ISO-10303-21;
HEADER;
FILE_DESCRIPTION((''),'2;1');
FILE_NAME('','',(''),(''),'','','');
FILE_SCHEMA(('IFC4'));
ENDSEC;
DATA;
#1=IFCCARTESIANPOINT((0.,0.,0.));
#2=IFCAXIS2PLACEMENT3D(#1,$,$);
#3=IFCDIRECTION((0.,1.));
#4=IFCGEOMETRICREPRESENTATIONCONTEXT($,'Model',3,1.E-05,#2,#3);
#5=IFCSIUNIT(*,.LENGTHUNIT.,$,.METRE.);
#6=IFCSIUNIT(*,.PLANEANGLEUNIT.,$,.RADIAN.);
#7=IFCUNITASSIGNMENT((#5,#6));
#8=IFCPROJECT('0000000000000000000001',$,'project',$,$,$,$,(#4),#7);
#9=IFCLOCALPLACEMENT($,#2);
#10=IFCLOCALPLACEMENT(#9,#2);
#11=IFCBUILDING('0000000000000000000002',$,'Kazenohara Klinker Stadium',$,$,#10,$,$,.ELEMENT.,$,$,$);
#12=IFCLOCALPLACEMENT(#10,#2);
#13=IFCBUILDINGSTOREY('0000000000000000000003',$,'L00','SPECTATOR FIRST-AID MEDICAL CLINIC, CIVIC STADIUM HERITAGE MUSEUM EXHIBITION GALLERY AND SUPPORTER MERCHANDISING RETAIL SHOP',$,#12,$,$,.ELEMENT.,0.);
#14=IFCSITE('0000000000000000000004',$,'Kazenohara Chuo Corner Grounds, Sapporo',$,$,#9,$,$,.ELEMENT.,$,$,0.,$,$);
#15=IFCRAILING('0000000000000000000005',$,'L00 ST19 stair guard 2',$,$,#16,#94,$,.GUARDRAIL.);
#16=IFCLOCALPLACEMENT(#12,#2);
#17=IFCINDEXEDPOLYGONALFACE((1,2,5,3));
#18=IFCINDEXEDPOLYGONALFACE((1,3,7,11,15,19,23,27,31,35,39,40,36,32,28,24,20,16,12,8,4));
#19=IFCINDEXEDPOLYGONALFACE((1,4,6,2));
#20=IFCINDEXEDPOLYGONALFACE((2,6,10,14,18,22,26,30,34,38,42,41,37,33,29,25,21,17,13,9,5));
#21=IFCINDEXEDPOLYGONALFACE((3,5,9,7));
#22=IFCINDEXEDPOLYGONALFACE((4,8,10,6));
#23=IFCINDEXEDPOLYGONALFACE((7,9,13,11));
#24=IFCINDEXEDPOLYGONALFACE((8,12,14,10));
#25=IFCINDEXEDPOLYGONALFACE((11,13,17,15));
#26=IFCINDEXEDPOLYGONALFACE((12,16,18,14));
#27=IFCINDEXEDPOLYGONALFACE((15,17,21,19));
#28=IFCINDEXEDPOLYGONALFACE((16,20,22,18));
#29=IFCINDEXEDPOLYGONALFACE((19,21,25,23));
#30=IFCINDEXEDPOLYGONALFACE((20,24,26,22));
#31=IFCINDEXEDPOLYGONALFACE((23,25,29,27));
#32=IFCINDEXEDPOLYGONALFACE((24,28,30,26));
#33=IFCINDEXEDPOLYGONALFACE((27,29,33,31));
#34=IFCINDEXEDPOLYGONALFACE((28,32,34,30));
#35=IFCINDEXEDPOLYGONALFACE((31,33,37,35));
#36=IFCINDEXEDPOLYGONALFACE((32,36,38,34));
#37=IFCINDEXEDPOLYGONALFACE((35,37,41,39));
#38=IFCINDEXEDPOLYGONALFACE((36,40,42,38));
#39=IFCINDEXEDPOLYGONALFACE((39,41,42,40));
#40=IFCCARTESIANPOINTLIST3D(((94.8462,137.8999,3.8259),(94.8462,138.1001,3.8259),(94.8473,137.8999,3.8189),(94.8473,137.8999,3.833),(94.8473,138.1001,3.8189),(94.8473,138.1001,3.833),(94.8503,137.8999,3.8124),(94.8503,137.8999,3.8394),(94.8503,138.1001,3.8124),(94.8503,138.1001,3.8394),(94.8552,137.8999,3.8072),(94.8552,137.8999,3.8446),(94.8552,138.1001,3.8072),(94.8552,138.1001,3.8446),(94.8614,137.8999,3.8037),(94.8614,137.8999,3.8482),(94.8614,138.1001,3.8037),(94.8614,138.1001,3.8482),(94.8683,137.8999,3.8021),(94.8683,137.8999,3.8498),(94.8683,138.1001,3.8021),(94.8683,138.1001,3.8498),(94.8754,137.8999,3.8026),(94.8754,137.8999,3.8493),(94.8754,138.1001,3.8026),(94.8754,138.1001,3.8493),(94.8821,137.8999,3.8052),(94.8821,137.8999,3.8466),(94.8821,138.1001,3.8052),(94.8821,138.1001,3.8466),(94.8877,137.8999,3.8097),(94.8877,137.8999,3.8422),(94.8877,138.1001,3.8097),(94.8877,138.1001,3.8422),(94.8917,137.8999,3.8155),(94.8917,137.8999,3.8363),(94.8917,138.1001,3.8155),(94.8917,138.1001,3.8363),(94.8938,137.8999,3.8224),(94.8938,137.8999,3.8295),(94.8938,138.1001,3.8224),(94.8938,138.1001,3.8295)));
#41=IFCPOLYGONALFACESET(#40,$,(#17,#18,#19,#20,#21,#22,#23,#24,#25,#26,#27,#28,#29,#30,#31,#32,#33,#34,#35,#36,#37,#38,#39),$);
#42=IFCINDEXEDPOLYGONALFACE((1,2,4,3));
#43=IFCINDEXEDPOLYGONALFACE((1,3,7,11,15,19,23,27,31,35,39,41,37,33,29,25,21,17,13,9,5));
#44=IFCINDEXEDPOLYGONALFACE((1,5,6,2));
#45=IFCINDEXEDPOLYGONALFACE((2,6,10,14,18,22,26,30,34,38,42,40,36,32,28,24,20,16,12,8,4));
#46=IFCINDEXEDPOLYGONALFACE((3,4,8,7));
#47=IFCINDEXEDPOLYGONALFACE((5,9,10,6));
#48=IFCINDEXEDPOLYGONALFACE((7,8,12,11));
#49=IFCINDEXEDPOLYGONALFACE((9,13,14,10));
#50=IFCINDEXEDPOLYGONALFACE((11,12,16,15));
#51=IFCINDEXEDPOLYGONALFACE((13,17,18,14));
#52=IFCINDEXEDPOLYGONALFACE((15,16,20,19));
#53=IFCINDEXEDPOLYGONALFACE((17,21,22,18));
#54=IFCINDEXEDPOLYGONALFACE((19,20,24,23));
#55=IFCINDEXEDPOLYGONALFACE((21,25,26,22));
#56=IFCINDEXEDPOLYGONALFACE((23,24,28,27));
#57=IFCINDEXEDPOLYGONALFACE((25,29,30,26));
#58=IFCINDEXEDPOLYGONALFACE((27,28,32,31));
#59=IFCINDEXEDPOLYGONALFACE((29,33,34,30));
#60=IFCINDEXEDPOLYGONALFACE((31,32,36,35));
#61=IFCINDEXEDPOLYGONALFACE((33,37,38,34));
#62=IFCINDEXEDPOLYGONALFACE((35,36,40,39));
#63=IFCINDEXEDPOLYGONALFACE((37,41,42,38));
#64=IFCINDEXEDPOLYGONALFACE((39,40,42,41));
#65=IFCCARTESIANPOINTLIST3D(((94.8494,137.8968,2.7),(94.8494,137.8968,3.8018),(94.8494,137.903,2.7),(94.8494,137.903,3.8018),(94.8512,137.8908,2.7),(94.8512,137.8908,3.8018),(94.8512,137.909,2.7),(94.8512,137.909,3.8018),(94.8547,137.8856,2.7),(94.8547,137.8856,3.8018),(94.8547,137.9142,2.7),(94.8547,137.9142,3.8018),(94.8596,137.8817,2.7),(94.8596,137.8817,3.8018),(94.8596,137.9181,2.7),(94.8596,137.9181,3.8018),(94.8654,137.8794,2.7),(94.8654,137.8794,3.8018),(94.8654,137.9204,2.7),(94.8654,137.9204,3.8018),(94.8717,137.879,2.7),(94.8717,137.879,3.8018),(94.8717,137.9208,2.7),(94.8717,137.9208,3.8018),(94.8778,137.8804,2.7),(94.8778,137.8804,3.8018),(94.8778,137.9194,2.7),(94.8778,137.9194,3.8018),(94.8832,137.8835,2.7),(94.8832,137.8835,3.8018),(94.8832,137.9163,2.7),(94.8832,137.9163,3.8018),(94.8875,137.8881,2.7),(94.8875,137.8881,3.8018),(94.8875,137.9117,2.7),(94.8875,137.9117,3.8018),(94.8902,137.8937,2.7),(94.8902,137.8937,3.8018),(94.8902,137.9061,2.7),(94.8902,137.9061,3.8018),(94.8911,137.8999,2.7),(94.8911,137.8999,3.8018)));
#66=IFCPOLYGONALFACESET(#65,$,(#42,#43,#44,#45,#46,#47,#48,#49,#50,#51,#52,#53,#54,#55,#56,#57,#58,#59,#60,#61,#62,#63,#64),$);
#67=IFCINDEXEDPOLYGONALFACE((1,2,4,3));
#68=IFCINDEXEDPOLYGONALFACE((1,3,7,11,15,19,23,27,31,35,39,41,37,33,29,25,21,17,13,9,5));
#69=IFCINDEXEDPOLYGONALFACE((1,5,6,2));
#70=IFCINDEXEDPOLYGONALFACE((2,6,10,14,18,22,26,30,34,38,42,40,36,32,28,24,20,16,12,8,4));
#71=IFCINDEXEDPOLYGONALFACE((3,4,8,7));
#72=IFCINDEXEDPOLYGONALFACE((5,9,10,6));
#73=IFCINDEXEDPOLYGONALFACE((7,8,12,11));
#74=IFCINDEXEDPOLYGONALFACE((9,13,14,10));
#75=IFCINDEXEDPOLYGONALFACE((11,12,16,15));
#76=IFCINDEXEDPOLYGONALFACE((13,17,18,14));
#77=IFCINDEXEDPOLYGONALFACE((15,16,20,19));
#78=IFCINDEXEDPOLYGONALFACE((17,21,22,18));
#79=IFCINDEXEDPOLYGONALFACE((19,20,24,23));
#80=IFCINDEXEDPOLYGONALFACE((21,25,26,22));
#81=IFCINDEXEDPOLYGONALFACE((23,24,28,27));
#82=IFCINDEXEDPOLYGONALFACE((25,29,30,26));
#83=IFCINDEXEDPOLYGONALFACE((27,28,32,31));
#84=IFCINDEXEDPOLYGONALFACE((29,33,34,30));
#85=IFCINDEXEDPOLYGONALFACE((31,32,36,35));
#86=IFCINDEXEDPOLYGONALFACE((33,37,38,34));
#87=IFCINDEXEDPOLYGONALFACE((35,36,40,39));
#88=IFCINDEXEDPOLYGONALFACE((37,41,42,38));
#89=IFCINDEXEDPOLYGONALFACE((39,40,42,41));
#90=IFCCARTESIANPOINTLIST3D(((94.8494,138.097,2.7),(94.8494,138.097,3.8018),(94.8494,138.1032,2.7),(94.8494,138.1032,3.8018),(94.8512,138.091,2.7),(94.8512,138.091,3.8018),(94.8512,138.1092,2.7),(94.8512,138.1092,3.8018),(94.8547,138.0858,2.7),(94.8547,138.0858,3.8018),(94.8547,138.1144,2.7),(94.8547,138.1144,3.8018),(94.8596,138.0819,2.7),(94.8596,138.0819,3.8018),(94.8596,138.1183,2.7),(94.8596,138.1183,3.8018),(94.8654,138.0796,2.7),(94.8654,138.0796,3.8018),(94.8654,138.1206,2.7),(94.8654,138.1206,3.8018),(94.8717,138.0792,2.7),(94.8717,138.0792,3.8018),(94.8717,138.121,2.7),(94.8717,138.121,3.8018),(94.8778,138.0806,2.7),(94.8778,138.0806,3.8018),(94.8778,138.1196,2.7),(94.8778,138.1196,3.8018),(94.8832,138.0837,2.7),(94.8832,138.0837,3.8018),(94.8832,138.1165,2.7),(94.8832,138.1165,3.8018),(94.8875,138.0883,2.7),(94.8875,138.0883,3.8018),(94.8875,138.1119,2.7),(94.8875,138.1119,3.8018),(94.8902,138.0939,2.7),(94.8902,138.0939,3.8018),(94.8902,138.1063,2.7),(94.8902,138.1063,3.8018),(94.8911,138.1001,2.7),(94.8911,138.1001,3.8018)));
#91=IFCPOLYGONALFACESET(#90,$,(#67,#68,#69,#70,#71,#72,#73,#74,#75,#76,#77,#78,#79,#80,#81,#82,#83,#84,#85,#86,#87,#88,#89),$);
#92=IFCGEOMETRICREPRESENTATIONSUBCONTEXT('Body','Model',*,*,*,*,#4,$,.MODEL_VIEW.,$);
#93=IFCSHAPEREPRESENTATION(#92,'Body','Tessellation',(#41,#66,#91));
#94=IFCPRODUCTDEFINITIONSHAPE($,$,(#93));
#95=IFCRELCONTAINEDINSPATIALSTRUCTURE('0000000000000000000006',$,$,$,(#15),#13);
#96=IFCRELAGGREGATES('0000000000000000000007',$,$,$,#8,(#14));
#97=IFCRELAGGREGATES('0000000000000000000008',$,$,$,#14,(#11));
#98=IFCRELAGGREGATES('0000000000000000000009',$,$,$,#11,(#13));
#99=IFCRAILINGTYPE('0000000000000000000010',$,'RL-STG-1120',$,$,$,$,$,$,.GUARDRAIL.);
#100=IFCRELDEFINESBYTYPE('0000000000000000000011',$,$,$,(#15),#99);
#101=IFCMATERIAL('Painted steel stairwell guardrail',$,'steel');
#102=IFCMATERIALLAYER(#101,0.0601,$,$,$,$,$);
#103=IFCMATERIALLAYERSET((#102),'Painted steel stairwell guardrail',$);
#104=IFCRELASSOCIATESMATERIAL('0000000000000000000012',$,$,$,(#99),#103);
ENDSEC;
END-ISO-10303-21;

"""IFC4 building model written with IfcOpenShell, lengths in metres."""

from ifc_helpers import new_model, si_unit, direction, frame, origin, origin_2d, place, context, subcontext, project, spatial, circle, extrude, material, layer, layer_set, type_object, element, save


model = new_model("IFC4")

# Units and contexts
model_context = context("Model", 3, precision=1e-05, world=origin(), true_north=direction((0.0, 1.0)))
body_context = subcontext(model_context, "Body", "Model", "MODEL_VIEW")
ifc_project = project(units=[si_unit("LENGTHUNIT", "METRE"), si_unit("PLANEANGLEUNIT", "RADIAN")], contexts=[model_context])

# Site, building, storey
site_placement = place(None, origin())
site = spatial("IfcSite", under=ifc_project, at=site_placement, Name="Kazenohara Chuo Corner Grounds, Sapporo", CompositionType="ELEMENT", RefElevation=0.0)
building_placement = place(site_placement, origin())
building = spatial("IfcBuilding", under=site, at=building_placement, Name="Kazenohara Klinker Stadium", CompositionType="ELEMENT")
storey_placement = place(building_placement, origin())
storey = spatial("IfcBuildingStorey", under=building, at=storey_placement, Name="L00", Description="SPECTATOR FIRST-AID MEDICAL CLINIC, CIVIC STADIUM HERITAGE MUSEUM EXHIBITION GALLERY AND SUPPORTER MERCHANDISING RETAIL SHOP", CompositionType="ELEMENT", Elevation=0.0)

# Railing
ifc_material_1 = material(Name="Painted steel stairwell guardrail", Category="steel")
ifc_layer_1 = layer(ifc_material_1, 0.0601)
ifc_layer_set_1 = layer_set([ifc_layer_1], Name="Painted steel stairwell guardrail")
railing_type_1 = type_object("IfcRailingType", Name="RL-STG-1120", PredefinedType="GUARDRAIL", material=ifc_layer_set_1)
railing_1_placement = place(storey_placement, frame((94.8701, 137.8999, 2.7)))
element("IfcRailing", 1, at=railing_1_placement, inside=storey, type_object=railing_type_1, Name="L00 ST19 stair guard 2", PredefinedType="GUARDRAIL", context=body_context, shape_type="SweptSolid", body=[
    extrude(circle(Radius=0.0239, at=origin_2d()), frame((0.0, 0.0, 1.126), z_axis=(0.0, 1.0, 0.0), x_axis=(-1.0, 0.0, 0.0)), (0.0, 0.0, 1.0), 0.2002),
    extrude(circle(Radius=0.021, at=origin_2d()), origin(), (0.0, 0.0, 1.0), 1.1018),
    extrude(circle(Radius=0.021, at=origin_2d()), frame((0.0, 0.2002, 0.0)), (0.0, 0.0, 1.0), 1.1018),
])

save(model, "model.ifc")
